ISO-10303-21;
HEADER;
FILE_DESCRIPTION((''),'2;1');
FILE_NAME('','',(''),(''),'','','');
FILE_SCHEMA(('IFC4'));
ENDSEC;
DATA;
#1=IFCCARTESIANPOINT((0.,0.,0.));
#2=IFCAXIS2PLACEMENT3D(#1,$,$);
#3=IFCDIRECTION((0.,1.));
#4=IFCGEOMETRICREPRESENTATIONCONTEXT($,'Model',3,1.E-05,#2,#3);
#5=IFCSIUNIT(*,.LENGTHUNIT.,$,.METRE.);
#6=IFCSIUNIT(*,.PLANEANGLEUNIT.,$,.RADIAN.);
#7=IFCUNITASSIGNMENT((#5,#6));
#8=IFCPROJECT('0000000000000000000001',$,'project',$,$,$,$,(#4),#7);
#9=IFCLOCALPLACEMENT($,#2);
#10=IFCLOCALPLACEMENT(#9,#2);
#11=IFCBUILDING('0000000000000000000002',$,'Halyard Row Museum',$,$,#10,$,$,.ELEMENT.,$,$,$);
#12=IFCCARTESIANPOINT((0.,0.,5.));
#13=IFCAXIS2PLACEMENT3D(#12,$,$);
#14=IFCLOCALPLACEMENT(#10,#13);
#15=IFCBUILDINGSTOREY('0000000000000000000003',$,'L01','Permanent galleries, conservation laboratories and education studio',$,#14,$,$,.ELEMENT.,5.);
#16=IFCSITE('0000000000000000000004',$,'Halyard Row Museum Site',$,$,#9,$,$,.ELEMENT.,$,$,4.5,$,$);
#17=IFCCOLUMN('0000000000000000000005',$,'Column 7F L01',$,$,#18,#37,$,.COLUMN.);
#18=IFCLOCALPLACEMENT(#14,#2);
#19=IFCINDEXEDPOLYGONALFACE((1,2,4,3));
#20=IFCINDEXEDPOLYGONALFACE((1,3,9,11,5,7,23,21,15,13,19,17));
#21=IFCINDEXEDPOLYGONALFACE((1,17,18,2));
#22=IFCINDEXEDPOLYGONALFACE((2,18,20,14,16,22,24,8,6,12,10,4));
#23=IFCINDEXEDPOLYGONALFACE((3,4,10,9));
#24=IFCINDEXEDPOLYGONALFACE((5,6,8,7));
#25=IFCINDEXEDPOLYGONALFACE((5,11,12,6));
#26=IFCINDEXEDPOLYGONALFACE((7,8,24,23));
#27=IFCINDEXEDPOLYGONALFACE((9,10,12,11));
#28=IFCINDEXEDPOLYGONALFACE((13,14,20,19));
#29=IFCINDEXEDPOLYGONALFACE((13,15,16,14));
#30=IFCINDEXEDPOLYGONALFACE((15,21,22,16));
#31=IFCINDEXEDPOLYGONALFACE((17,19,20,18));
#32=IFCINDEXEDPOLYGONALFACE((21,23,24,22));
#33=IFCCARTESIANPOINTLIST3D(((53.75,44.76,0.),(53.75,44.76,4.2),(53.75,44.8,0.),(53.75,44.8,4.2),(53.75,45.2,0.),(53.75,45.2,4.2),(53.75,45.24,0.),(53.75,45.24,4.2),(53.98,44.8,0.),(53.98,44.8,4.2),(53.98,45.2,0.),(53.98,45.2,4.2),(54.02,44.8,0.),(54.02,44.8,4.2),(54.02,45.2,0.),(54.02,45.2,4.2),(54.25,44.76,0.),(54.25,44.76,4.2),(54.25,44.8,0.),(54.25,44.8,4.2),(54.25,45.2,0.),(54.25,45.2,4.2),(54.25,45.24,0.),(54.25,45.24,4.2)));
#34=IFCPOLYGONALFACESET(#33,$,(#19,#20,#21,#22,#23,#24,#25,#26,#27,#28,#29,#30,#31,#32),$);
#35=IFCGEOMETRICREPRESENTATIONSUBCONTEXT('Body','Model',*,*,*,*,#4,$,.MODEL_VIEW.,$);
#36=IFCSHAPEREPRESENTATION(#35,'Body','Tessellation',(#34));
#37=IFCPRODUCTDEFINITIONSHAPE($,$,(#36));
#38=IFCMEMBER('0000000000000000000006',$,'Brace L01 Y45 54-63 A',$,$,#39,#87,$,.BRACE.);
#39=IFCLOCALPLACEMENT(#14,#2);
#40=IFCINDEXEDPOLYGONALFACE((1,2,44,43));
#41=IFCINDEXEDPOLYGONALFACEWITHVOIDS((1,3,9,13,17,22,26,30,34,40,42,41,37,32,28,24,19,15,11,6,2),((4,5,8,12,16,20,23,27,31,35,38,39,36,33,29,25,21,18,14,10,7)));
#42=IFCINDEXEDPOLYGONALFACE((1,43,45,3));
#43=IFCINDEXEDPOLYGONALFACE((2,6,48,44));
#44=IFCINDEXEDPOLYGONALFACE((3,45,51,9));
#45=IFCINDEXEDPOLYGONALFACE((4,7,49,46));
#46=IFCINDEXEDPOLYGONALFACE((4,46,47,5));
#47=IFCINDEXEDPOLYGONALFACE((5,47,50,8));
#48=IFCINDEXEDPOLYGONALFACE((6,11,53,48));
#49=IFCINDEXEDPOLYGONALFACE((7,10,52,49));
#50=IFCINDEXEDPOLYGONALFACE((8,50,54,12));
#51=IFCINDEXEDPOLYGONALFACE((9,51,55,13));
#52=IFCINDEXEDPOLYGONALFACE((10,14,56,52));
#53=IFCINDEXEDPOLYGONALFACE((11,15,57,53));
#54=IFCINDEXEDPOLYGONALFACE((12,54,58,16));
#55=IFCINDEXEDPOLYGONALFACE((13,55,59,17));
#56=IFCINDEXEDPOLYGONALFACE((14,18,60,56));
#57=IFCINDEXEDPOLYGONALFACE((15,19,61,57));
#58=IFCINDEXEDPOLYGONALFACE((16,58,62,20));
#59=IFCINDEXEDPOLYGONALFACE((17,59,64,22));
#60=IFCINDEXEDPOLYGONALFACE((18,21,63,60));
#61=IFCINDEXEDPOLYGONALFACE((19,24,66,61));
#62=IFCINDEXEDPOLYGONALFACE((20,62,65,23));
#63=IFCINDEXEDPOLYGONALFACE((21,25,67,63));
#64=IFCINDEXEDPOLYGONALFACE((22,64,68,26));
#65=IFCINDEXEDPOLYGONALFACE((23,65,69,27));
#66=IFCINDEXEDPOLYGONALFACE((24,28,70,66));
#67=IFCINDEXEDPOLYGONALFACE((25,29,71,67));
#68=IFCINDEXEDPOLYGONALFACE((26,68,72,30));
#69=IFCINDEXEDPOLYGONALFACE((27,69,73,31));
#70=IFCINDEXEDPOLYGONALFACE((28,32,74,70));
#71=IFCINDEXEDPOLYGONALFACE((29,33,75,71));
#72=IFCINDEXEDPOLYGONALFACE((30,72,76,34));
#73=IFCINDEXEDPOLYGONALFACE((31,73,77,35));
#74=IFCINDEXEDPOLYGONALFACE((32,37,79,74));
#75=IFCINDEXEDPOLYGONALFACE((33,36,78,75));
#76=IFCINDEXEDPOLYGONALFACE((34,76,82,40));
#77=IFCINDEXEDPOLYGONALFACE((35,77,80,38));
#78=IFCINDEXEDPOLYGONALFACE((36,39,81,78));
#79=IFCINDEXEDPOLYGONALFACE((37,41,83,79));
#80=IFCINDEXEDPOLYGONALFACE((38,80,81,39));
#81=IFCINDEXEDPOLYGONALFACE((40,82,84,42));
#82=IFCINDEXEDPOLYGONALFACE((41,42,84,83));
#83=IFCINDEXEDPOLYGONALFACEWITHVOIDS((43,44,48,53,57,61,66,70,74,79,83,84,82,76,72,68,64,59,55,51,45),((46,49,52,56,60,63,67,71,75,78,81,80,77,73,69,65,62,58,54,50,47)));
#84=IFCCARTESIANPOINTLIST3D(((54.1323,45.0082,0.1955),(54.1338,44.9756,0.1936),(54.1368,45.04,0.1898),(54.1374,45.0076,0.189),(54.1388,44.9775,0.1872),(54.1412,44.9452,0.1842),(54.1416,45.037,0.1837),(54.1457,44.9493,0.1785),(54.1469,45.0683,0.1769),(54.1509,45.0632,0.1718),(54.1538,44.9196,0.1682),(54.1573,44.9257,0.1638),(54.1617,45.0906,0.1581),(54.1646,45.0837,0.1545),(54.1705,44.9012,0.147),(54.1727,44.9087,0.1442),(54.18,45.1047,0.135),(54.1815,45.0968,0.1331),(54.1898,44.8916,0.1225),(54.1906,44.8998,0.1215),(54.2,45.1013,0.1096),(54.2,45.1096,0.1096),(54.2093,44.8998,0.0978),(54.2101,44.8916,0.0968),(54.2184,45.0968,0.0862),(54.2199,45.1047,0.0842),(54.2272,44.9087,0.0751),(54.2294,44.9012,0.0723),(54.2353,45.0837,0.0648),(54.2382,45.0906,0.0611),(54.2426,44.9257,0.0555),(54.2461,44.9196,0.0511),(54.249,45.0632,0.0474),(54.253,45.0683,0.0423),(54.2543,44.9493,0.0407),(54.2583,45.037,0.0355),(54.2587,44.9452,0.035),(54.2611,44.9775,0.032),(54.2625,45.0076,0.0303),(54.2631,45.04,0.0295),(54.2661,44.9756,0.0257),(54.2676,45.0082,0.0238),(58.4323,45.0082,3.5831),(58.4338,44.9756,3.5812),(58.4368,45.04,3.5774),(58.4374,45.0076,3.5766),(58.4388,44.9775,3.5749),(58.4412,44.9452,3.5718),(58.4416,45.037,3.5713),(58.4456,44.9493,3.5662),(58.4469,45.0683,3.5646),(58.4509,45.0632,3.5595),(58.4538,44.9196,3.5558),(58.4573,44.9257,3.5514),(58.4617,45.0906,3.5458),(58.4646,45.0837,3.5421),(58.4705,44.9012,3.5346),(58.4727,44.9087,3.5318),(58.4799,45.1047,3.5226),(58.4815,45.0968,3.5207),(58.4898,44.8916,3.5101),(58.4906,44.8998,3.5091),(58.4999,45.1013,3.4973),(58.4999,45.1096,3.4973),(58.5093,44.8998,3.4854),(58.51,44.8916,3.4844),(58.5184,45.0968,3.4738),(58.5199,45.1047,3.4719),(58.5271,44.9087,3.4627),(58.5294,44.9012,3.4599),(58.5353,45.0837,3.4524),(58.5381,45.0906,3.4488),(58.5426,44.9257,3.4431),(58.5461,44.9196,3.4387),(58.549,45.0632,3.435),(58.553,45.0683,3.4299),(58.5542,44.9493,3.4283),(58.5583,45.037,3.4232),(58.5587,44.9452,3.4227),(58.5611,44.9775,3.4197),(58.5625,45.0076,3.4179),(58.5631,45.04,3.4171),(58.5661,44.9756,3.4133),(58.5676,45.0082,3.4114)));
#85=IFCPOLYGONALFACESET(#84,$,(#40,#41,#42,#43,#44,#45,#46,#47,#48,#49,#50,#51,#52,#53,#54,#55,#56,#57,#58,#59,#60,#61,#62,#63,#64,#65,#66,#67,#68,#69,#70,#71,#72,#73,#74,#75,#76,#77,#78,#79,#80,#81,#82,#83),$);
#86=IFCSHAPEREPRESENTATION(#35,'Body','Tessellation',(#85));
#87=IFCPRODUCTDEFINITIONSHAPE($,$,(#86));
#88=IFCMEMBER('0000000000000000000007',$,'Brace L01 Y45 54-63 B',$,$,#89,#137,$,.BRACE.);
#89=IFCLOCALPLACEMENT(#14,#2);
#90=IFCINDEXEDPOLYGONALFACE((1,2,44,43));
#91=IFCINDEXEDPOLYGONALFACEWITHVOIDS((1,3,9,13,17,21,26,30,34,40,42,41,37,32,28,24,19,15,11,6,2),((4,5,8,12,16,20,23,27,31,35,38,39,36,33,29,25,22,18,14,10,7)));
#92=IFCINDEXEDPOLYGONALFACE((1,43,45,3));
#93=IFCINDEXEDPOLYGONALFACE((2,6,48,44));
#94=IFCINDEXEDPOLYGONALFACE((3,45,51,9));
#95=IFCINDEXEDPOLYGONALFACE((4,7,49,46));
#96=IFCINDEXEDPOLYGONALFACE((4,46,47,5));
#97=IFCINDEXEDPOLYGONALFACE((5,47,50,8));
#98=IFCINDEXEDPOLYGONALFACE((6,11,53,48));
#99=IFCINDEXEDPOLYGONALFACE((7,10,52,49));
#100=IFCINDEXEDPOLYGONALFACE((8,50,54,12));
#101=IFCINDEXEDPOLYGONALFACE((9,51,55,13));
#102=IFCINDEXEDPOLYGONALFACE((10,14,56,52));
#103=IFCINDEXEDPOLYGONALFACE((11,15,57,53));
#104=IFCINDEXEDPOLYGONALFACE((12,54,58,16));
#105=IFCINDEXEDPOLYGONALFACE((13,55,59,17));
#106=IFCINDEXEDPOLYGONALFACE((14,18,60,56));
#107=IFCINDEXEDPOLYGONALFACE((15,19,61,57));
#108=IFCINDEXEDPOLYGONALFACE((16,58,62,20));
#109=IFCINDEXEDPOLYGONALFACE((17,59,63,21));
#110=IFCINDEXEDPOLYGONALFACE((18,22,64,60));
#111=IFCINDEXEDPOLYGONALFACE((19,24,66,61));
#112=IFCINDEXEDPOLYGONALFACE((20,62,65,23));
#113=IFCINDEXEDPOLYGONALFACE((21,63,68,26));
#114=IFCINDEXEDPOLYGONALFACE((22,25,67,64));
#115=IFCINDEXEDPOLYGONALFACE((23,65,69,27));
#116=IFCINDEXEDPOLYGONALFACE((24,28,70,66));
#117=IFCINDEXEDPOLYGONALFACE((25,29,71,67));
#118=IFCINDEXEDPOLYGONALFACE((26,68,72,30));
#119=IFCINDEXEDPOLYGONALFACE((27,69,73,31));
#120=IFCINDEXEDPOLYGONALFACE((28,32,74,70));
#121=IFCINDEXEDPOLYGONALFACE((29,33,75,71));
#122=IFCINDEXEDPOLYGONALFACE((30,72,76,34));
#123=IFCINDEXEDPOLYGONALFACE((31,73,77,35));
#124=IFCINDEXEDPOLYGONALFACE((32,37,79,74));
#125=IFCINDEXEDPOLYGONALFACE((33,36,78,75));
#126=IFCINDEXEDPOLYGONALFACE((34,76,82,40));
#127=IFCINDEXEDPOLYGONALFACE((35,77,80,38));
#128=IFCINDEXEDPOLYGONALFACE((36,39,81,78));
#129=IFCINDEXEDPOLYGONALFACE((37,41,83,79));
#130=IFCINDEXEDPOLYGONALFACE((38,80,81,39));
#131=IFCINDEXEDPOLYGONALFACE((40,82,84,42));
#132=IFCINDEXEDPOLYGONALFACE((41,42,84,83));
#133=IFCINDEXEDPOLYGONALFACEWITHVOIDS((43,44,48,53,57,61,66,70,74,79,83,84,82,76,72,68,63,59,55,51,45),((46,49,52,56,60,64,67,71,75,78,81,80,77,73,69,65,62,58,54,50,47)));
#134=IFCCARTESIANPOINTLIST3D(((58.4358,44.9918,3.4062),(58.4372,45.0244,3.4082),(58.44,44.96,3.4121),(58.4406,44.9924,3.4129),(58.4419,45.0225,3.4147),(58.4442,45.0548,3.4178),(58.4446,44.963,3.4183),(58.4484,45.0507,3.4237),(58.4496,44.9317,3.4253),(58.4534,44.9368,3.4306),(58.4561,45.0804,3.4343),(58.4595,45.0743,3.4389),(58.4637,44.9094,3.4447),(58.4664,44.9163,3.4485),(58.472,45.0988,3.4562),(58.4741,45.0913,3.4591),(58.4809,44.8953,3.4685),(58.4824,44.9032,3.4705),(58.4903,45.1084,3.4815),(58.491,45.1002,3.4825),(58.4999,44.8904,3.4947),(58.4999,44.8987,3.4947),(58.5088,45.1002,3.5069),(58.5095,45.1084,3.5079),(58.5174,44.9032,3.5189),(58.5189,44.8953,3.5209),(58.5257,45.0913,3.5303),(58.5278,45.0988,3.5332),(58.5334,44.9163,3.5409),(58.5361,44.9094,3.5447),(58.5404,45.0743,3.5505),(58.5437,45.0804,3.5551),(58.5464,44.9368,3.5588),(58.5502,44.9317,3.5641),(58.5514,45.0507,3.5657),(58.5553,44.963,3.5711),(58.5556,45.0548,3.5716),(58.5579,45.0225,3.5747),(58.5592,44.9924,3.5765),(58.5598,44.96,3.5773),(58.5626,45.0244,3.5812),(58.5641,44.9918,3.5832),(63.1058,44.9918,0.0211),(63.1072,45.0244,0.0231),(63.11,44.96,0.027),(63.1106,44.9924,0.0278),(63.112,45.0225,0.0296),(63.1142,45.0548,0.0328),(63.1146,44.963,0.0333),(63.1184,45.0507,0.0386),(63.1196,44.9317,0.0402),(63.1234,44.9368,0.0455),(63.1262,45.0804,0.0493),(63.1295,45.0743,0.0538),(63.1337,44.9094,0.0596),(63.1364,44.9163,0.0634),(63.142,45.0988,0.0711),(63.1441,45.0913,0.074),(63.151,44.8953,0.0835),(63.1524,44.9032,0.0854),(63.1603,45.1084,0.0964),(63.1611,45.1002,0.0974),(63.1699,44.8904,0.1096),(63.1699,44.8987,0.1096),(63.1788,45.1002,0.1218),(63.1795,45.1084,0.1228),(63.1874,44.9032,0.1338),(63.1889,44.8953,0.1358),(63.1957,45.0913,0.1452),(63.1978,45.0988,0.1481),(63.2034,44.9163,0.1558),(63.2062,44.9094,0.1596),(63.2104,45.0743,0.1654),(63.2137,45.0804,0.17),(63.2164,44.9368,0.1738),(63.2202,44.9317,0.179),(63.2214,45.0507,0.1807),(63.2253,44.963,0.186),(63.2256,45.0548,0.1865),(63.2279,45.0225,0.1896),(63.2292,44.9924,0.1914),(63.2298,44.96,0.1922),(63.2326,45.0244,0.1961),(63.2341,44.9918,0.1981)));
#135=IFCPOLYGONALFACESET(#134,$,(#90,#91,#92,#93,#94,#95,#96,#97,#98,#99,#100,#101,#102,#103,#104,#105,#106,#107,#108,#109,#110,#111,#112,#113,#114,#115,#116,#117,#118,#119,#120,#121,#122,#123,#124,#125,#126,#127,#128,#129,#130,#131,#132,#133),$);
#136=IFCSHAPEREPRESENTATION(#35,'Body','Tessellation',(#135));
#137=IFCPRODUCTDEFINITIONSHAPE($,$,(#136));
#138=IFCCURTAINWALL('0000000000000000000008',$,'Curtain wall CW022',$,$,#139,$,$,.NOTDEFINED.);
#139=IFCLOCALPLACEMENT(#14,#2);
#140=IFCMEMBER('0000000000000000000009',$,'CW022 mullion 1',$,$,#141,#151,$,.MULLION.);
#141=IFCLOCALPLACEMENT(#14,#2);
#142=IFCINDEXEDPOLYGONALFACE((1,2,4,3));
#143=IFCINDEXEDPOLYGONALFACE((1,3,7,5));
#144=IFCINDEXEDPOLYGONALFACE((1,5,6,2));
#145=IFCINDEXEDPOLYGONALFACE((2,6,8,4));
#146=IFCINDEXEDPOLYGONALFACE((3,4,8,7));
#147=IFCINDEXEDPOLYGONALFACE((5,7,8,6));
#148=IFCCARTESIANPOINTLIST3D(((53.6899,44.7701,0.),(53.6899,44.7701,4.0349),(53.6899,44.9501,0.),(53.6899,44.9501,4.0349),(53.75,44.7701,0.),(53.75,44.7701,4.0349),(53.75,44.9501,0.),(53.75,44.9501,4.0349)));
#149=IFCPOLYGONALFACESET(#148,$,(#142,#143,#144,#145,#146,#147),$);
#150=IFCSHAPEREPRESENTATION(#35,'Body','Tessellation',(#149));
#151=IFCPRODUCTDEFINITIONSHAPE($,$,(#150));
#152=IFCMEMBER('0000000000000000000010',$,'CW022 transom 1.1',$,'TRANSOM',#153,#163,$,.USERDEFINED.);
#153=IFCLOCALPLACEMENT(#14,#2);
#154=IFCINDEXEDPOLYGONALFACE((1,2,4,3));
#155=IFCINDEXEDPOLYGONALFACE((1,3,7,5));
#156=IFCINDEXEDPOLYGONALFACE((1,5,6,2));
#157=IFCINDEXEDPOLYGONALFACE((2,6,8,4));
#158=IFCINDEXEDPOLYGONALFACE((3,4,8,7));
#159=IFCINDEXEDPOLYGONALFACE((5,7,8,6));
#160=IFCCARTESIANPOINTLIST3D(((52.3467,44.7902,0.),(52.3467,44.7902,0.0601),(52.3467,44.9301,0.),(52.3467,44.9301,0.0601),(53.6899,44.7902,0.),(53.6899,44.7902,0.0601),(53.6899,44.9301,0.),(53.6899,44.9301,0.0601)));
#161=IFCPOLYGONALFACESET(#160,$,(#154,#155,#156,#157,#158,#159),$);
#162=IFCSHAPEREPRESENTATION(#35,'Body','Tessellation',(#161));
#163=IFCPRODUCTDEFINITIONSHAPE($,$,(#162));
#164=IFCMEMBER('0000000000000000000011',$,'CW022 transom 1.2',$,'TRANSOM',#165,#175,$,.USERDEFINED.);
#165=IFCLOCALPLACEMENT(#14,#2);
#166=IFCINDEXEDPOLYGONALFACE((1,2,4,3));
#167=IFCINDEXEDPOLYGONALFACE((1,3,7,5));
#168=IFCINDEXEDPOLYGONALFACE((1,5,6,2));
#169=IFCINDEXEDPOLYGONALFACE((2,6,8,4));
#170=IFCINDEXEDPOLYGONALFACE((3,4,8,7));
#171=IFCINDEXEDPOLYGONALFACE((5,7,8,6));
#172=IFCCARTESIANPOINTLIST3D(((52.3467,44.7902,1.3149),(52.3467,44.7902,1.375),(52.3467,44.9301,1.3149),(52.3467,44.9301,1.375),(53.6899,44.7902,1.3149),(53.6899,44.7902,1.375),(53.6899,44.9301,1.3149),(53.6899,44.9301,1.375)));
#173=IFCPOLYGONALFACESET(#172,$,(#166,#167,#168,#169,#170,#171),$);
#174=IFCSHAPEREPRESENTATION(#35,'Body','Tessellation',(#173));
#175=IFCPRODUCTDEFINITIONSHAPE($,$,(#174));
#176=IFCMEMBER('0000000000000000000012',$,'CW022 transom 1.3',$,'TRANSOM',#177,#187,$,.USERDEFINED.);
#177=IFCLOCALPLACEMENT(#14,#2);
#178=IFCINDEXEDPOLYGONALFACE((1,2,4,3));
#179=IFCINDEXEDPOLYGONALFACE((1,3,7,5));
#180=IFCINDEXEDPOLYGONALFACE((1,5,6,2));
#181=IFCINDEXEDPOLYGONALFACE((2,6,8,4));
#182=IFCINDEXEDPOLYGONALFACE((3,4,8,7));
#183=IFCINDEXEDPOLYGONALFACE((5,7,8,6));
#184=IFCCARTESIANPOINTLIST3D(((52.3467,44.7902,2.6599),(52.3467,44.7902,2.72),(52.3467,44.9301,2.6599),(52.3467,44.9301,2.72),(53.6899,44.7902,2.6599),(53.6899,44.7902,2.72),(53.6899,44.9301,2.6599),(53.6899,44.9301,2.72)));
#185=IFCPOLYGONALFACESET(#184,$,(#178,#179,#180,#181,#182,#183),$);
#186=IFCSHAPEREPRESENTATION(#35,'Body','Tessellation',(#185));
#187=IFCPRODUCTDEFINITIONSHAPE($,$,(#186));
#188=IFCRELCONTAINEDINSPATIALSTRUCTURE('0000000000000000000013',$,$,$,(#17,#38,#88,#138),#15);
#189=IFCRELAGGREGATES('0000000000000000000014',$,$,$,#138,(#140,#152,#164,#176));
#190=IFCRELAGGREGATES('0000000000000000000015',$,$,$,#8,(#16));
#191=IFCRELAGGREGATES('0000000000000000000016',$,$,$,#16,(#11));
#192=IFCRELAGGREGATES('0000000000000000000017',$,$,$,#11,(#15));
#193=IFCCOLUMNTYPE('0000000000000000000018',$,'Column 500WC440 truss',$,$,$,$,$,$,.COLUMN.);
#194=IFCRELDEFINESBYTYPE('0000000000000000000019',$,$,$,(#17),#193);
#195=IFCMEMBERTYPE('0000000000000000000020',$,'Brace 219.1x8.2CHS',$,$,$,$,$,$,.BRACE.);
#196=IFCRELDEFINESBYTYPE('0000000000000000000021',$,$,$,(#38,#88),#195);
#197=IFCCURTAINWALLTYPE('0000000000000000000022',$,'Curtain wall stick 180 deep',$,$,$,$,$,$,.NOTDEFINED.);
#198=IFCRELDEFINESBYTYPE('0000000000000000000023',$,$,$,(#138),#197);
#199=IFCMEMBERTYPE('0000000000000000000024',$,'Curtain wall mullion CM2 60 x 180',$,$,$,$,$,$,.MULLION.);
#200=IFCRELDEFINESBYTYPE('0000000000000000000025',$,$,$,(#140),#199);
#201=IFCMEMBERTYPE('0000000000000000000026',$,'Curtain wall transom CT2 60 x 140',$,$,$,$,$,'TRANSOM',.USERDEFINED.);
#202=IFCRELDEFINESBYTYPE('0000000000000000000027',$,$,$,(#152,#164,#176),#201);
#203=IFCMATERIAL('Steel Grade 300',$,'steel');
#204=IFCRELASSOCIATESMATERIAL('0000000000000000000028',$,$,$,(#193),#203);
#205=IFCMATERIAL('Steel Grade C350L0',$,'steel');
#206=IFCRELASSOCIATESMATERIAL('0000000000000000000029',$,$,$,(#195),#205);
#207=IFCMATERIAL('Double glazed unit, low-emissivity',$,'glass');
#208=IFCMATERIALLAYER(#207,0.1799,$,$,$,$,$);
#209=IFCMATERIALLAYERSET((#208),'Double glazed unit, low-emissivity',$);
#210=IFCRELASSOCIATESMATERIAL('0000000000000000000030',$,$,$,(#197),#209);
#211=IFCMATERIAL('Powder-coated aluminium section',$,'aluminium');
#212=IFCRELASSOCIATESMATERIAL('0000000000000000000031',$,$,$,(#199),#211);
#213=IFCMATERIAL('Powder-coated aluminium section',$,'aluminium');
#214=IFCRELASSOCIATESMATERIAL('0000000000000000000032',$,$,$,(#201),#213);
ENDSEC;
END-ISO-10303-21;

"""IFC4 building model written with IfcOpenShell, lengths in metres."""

from ifc_helpers import new_model, si_unit, direction, frame, origin, origin_2d, place, context, subcontext, project, spatial, rectangle, hollow_circle, i_section, extrude, material, layer, layer_set, material_profile, profile_set, type_object, element, aggregate, save


model = new_model("IFC4")

# Units and contexts
model_context = context("Model", 3, precision=1e-05, world=origin(), true_north=direction((0.0, 1.0)))
body_context = subcontext(model_context, "Body", "Model", "MODEL_VIEW")
ifc_project = project(units=[si_unit("LENGTHUNIT", "METRE"), si_unit("PLANEANGLEUNIT", "RADIAN")], contexts=[model_context])

# Site, building, storey
site_placement = place(None, origin())
site = spatial("IfcSite", under=ifc_project, at=site_placement, Name="Halyard Row Museum Site", CompositionType="ELEMENT", RefElevation=4.5)
building_placement = place(site_placement, origin())
building = spatial("IfcBuilding", under=site, at=building_placement, Name="Halyard Row Museum", CompositionType="ELEMENT")
storey_placement = place(building_placement, frame((0.0, 0.0, 5.0)))
storey = spatial("IfcBuildingStorey", under=building, at=storey_placement, Name="L01", Description="Permanent galleries, conservation laboratories and education studio", CompositionType="ELEMENT", Elevation=5.0)

# Column
ifc_material_1 = material(Name="Steel Grade 300", Category="steel")
ifc_material_profile_1 = material_profile(ifc_material_1, i_section(OverallWidth=0.5, OverallDepth=0.48, WebThickness=0.04, FlangeThickness=0.04, at=origin_2d()), Name="500WC440")
ifc_profile_set_1 = profile_set([ifc_material_profile_1], Name="Steel Grade 300")
column_type = type_object("IfcColumnType", Name="Column 500WC440 truss", PredefinedType="COLUMN", material=ifc_profile_set_1)
column_placement = place(storey_placement, frame((54.0, 45.0, 0.0), z_axis=(0.0, 0.0, 1.0), x_axis=(1.0, 0.0, 0.0)))
element("IfcColumn", 1, at=column_placement, inside=storey, type_object=column_type, Name="Column 7F L01", PredefinedType="COLUMN", context=body_context, shape_type="SweptSolid", body=[
    extrude(i_section(OverallWidth=0.5, OverallDepth=0.48, WebThickness=0.04, FlangeThickness=0.04, at=origin_2d()), origin(), (0.0, 0.0, 1.0), 4.2),
])

# Members
ifc_material_2 = material(Name="Steel Grade C350L0", Category="steel")
ifc_material_profile_2 = material_profile(ifc_material_2, hollow_circle(Radius=0.1096, WallThickness=0.0083, at=origin_2d()), Name="219.1x8.2CHS")
ifc_profile_set_2 = profile_set([ifc_material_profile_2], Name="Steel Grade C350L0")
member_type_1 = type_object("IfcMemberType", Name="Brace 219.1x8.2CHS", PredefinedType="BRACE", material=ifc_profile_set_2)
member_1_placement = place(storey_placement, frame((54.2, 45.0, 0.1096), z_axis=(0.785511, 0.0, 0.618847), x_axis=(0.0, 1.0, 0.0)))
element("IfcMember", 2, at=member_1_placement, inside=storey, type_object=member_type_1, Name="Brace L01 Y45 54-63 A", PredefinedType="BRACE", context=body_context, shape_type="SweptSolid", body=[
    extrude(hollow_circle(Radius=0.1096, WallThickness=0.0083, at=origin_2d()), origin(), (0.0, 0.0, 1.0), 5.4741),
])
member_2_placement = place(storey_placement, frame((63.1699, 45.0, 0.1096), z_axis=(-0.809667, 0.0, 0.58689), x_axis=(0.0, -1.0, 0.0)))
element("IfcMember", 3, at=member_2_placement, inside=storey, type_object=member_type_1, Name="Brace L01 Y45 54-63 B", PredefinedType="BRACE", context=body_context, shape_type="SweptSolid", body=[
    extrude(hollow_circle(Radius=0.1096, WallThickness=0.0083, at=origin_2d()), origin(), (0.0, 0.0, 1.0), 5.7678),
])

# Curtain wall, members
ifc_material_3 = material(Name="Double glazed unit, low-emissivity", Category="glass")
ifc_layer_1 = layer(ifc_material_3, 0.1799)
ifc_layer_set_1 = layer_set([ifc_layer_1], Name="Double glazed unit, low-emissivity")
curtain_wall_type = type_object("IfcCurtainWallType", Name="Curtain wall stick 180 deep", PredefinedType="NOTDEFINED", material=ifc_layer_set_1)
curtain_wall_placement = place(storey_placement, origin())
curtain_wall = element("IfcCurtainWall", 4, at=curtain_wall_placement, inside=storey, type_object=curtain_wall_type, Name="Curtain wall CW022", PredefinedType="NOTDEFINED")
ifc_material_4 = material(Name="Powder-coated aluminium section", Category="aluminium")
ifc_material_profile_3 = material_profile(ifc_material_4, rectangle(XDim=0.1799, YDim=0.0601, at=origin_2d()), Name="180x60 mullion")
ifc_profile_set_3 = profile_set([ifc_material_profile_3], Name="Powder-coated aluminium section")
member_type_2 = type_object("IfcMemberType", Name="Curtain wall mullion CM2 60 x 180", PredefinedType="MULLION", material=ifc_profile_set_3)
member_3_placement = place(storey_placement, frame((53.72, 44.8601, 0.0), z_axis=(0.0, 0.0, 1.0), x_axis=(0.0, -1.0, 0.0)))
member_3 = element("IfcMember", 5, at=member_3_placement, type_object=member_type_2, Name="CW022 mullion 1", PredefinedType="MULLION", context=body_context, shape_type="SweptSolid", body=[
    extrude(rectangle(XDim=0.1799, YDim=0.0601, at=origin_2d()), origin(), (0.0, 0.0, 1.0), 4.0349),
])
ifc_material_5 = material(Name="Powder-coated aluminium section", Category="aluminium")
ifc_material_profile_4 = material_profile(ifc_material_5, rectangle(XDim=0.1399, YDim=0.0601, at=origin_2d()), Name="140x60 transom")
ifc_profile_set_4 = profile_set([ifc_material_profile_4], Name="Powder-coated aluminium section")
member_type_3 = type_object("IfcMemberType", Name="Curtain wall transom CT2 60 x 140", ElementType="TRANSOM", PredefinedType="USERDEFINED", material=ifc_profile_set_4)
member_4_placement = place(storey_placement, frame((53.6899, 44.8601, 0.03), z_axis=(-1.0, 0.0, 0.0), x_axis=(0.0, -1.0, 0.0)))
member_4 = element("IfcMember", 6, at=member_4_placement, type_object=member_type_3, Name="CW022 transom 1.1", ObjectType="TRANSOM", PredefinedType="USERDEFINED", context=body_context, shape_type="SweptSolid", body=[
    extrude(rectangle(XDim=0.1399, YDim=0.0601, at=origin_2d()), origin(), (0.0, 0.0, 1.0), 1.3433),
])
member_5_placement = place(storey_placement, frame((53.6899, 44.8601, 1.345), z_axis=(-1.0, 0.0, 0.0), x_axis=(0.0, -1.0, 0.0)))
member_5 = element("IfcMember", 7, at=member_5_placement, type_object=member_type_3, Name="CW022 transom 1.2", ObjectType="TRANSOM", PredefinedType="USERDEFINED", context=body_context, shape_type="SweptSolid", body=[
    extrude(rectangle(XDim=0.1399, YDim=0.0601, at=origin_2d()), origin(), (0.0, 0.0, 1.0), 1.3433),
])
member_6_placement = place(storey_placement, frame((53.6899, 44.8601, 2.6899), z_axis=(-1.0, 0.0, 0.0), x_axis=(0.0, -1.0, 0.0)))
member_6 = element("IfcMember", 8, at=member_6_placement, type_object=member_type_3, Name="CW022 transom 1.3", ObjectType="TRANSOM", PredefinedType="USERDEFINED", context=body_context, shape_type="SweptSolid", body=[
    extrude(rectangle(XDim=0.1399, YDim=0.0601, at=origin_2d()), origin(), (0.0, 0.0, 1.0), 1.3433),
])
aggregate(curtain_wall, [member_3, member_4, member_5, member_6])

save(model, "model.ifc")
